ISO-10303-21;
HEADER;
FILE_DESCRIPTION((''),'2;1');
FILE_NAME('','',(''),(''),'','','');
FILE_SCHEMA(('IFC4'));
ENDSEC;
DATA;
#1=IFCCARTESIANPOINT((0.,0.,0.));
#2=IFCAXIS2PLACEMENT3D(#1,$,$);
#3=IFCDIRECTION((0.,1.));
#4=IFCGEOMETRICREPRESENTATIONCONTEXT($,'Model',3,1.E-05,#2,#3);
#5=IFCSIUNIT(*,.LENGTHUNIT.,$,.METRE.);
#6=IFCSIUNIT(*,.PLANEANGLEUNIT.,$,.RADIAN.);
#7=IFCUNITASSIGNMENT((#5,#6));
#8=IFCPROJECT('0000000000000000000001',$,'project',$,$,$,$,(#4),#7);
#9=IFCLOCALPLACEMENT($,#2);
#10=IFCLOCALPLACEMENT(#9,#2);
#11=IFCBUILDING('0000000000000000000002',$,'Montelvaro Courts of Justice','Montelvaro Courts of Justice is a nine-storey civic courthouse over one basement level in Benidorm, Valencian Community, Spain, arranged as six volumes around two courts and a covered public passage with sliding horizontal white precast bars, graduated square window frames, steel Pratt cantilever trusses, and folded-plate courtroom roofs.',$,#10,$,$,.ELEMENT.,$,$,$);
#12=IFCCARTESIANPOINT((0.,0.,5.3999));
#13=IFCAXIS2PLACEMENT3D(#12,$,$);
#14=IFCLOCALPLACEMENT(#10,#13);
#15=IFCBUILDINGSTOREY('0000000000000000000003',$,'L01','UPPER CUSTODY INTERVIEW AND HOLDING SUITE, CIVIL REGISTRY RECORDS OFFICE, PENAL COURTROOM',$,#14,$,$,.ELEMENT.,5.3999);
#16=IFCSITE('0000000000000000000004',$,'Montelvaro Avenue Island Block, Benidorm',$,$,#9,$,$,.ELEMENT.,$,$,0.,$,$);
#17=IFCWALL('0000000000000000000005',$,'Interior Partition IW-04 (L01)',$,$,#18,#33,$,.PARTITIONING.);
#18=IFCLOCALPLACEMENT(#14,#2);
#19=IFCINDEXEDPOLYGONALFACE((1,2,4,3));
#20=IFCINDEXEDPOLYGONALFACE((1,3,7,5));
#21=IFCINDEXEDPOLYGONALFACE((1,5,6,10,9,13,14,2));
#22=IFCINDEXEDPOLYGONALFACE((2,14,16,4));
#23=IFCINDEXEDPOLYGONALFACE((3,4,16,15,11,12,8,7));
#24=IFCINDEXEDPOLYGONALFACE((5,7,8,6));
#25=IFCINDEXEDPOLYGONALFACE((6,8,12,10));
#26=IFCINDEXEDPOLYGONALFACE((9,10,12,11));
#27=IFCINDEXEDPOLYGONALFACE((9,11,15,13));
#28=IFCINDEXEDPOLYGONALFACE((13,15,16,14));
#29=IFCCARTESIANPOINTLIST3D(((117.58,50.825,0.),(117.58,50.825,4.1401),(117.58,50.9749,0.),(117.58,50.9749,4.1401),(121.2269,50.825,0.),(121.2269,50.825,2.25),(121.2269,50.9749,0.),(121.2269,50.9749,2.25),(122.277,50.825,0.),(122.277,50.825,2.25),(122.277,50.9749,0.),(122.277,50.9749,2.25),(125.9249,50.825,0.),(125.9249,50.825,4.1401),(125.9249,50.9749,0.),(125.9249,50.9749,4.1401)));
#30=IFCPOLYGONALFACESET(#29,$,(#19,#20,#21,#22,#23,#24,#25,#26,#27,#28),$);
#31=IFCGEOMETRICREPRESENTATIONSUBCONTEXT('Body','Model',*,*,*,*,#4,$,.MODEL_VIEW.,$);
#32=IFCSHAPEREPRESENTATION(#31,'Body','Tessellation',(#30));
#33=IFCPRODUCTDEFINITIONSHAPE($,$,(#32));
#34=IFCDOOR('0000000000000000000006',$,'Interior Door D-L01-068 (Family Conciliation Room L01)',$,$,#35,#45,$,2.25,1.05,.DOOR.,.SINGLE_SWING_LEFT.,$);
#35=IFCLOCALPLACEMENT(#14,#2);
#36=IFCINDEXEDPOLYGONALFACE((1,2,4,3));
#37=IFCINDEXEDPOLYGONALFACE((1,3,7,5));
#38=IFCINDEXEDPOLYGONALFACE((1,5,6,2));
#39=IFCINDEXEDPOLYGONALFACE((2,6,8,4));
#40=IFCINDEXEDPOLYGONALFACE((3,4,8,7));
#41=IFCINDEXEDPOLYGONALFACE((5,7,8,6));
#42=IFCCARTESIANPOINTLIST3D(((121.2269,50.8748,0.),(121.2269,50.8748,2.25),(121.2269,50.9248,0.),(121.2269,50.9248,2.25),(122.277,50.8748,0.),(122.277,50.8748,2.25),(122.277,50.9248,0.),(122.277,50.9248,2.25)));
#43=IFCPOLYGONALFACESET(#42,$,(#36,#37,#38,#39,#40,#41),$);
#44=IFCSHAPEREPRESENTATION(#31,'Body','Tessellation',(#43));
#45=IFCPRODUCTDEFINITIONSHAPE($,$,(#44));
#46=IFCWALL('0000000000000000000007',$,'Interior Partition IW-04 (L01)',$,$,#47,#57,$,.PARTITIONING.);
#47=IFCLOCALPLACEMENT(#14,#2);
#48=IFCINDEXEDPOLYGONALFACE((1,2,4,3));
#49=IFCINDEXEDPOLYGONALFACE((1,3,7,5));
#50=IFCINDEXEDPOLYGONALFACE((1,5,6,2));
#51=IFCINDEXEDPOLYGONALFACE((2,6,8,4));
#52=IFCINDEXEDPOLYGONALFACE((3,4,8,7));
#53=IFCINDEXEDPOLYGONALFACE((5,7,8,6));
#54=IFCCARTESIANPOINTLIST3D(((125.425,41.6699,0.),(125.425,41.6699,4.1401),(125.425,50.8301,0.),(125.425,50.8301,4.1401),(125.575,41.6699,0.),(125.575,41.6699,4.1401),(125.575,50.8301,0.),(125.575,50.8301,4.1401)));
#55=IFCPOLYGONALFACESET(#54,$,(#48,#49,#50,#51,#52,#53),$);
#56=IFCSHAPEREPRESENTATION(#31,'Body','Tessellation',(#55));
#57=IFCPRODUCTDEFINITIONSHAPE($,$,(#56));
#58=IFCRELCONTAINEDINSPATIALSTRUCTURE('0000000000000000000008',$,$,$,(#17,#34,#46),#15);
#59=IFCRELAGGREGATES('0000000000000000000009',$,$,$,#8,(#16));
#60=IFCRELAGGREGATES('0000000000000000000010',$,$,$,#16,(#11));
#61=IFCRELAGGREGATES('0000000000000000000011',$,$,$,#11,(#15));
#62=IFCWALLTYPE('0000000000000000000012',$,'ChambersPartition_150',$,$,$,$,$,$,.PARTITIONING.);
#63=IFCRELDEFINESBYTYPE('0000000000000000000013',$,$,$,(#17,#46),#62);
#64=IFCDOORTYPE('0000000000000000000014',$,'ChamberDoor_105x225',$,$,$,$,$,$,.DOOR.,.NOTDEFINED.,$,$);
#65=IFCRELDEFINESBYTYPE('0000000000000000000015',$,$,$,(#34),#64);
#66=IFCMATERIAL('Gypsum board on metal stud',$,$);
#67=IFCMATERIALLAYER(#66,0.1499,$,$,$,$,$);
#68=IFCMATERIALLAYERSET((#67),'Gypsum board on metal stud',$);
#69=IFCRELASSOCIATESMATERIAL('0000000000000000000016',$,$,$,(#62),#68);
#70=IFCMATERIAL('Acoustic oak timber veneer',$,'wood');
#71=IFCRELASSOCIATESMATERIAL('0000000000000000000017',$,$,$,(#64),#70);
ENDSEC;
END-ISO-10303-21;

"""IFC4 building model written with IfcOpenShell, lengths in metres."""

from ifc_helpers import new_model, si_unit, direction, frame, frame_2d, origin, place, context, subcontext, project, spatial, rectangle, extrude, material, layer, layer_set, type_object, element, fill, save


model = new_model("IFC4")

# Units and contexts
model_context = context("Model", 3, precision=1e-05, world=origin(), true_north=direction((0.0, 1.0)))
body_context = subcontext(model_context, "Body", "Model", "MODEL_VIEW")
ifc_project = project(units=[si_unit("LENGTHUNIT", "METRE"), si_unit("PLANEANGLEUNIT", "RADIAN")], contexts=[model_context])

# Site, building, storey
site_placement = place(None, origin())
site = spatial("IfcSite", under=ifc_project, at=site_placement, Name="Montelvaro Avenue Island Block, Benidorm", CompositionType="ELEMENT", RefElevation=0.0)
building_placement = place(site_placement, origin())
building = spatial("IfcBuilding", under=site, at=building_placement, Name="Montelvaro Courts of Justice", Description="Montelvaro Courts of Justice is a nine-storey civic courthouse over one basement level in Benidorm, Valencian Community, Spain, arranged as six volumes around two courts and a covered public passage with sliding horizontal white precast bars, graduated square window frames, steel Pratt cantilever trusses, and folded-plate courtroom roofs.", CompositionType="ELEMENT")
storey_placement = place(building_placement, frame((0.0, 0.0, 5.3999)))
storey = spatial("IfcBuildingStorey", under=building, at=storey_placement, Name="L01", Description="UPPER CUSTODY INTERVIEW AND HOLDING SUITE, CIVIL REGISTRY RECORDS OFFICE, PENAL COURTROOM", CompositionType="ELEMENT", Elevation=5.3999)

# Wall, opening, door
ifc_material_1 = material(Name="Gypsum board on metal stud")
ifc_layer_1 = layer(ifc_material_1, 0.1499)
ifc_layer_set_1 = layer_set([ifc_layer_1], Name="Gypsum board on metal stud")
wall_type = type_object("IfcWallType", Name="ChambersPartition_150", PredefinedType="PARTITIONING", material=ifc_layer_set_1)
wall_1_placement = place(storey_placement, frame((117.5801, 50.8999, 0.0), z_axis=(0.0, 0.0, 1.0), x_axis=(1.0, 0.0, 0.0)))
wall_1 = element("IfcWall", 1, at=wall_1_placement, inside=storey, type_object=wall_type, Name="Interior Partition IW-04 (L01)", PredefinedType="PARTITIONING", context=body_context, shape_type="SweptSolid", body=[
    extrude(rectangle(XDim=8.345, YDim=0.1499, at=frame_2d((4.1724, 0.0))), origin(), (0.0, 0.0, 1.0), 4.1401),
])
opening_placement = place(wall_1_placement, frame((3.647, 0.0, 0.0)))
opening = element("IfcOpeningElement", 2, at=opening_placement, cuts=wall_1, PredefinedType="OPENING", context=body_context, shape_type="SweptSolid", body=[
    extrude(rectangle(XDim=1.05, YDim=2.25, at=frame_2d((0.5249, 1.125))), frame((0.0, 0.0898, 0.0), z_axis=(0.0, -1.0, 0.0), x_axis=(1.0, 0.0, 0.0)), (0.0, 0.0, 1.0), 0.1797),
])
ifc_material_2 = material(Name="Acoustic oak timber veneer", Category="wood")
door_type = type_object("IfcDoorType", Name="ChamberDoor_105x225", OperationType="NOTDEFINED", PredefinedType="DOOR", material=ifc_material_2)
door_placement = place(opening_placement, origin())
door = element("IfcDoor", 3, at=door_placement, inside=storey, type_object=door_type, Name="Interior Door D-L01-068 (Family Conciliation Room L01)", OperationType="SINGLE_SWING_LEFT", OverallHeight=2.25, OverallWidth=1.05, PredefinedType="DOOR", context=body_context, shape_type="SweptSolid", body=[
    extrude(rectangle(XDim=1.05, YDim=2.25, at=frame_2d((0.5249, 1.125))), frame((0.0, 0.0249, 0.0), z_axis=(0.0, -1.0, 0.0), x_axis=(1.0, 0.0, 0.0)), (0.0, 0.0, 1.0), 0.05),
])
fill(opening, door)

# Wall
wall_2_placement = place(storey_placement, frame((125.5, 50.8301, 0.0), z_axis=(0.0, 0.0, 1.0), x_axis=(0.0, -1.0, 0.0)))
element("IfcWall", 4, at=wall_2_placement, inside=storey, type_object=wall_type, Name="Interior Partition IW-04 (L01)", PredefinedType="PARTITIONING", context=body_context, shape_type="SweptSolid", body=[
    extrude(rectangle(XDim=9.1602, YDim=0.1499, at=frame_2d((4.5801, 0.0))), origin(), (0.0, 0.0, 1.0), 4.1401),
])

save(model, "model.ifc")
